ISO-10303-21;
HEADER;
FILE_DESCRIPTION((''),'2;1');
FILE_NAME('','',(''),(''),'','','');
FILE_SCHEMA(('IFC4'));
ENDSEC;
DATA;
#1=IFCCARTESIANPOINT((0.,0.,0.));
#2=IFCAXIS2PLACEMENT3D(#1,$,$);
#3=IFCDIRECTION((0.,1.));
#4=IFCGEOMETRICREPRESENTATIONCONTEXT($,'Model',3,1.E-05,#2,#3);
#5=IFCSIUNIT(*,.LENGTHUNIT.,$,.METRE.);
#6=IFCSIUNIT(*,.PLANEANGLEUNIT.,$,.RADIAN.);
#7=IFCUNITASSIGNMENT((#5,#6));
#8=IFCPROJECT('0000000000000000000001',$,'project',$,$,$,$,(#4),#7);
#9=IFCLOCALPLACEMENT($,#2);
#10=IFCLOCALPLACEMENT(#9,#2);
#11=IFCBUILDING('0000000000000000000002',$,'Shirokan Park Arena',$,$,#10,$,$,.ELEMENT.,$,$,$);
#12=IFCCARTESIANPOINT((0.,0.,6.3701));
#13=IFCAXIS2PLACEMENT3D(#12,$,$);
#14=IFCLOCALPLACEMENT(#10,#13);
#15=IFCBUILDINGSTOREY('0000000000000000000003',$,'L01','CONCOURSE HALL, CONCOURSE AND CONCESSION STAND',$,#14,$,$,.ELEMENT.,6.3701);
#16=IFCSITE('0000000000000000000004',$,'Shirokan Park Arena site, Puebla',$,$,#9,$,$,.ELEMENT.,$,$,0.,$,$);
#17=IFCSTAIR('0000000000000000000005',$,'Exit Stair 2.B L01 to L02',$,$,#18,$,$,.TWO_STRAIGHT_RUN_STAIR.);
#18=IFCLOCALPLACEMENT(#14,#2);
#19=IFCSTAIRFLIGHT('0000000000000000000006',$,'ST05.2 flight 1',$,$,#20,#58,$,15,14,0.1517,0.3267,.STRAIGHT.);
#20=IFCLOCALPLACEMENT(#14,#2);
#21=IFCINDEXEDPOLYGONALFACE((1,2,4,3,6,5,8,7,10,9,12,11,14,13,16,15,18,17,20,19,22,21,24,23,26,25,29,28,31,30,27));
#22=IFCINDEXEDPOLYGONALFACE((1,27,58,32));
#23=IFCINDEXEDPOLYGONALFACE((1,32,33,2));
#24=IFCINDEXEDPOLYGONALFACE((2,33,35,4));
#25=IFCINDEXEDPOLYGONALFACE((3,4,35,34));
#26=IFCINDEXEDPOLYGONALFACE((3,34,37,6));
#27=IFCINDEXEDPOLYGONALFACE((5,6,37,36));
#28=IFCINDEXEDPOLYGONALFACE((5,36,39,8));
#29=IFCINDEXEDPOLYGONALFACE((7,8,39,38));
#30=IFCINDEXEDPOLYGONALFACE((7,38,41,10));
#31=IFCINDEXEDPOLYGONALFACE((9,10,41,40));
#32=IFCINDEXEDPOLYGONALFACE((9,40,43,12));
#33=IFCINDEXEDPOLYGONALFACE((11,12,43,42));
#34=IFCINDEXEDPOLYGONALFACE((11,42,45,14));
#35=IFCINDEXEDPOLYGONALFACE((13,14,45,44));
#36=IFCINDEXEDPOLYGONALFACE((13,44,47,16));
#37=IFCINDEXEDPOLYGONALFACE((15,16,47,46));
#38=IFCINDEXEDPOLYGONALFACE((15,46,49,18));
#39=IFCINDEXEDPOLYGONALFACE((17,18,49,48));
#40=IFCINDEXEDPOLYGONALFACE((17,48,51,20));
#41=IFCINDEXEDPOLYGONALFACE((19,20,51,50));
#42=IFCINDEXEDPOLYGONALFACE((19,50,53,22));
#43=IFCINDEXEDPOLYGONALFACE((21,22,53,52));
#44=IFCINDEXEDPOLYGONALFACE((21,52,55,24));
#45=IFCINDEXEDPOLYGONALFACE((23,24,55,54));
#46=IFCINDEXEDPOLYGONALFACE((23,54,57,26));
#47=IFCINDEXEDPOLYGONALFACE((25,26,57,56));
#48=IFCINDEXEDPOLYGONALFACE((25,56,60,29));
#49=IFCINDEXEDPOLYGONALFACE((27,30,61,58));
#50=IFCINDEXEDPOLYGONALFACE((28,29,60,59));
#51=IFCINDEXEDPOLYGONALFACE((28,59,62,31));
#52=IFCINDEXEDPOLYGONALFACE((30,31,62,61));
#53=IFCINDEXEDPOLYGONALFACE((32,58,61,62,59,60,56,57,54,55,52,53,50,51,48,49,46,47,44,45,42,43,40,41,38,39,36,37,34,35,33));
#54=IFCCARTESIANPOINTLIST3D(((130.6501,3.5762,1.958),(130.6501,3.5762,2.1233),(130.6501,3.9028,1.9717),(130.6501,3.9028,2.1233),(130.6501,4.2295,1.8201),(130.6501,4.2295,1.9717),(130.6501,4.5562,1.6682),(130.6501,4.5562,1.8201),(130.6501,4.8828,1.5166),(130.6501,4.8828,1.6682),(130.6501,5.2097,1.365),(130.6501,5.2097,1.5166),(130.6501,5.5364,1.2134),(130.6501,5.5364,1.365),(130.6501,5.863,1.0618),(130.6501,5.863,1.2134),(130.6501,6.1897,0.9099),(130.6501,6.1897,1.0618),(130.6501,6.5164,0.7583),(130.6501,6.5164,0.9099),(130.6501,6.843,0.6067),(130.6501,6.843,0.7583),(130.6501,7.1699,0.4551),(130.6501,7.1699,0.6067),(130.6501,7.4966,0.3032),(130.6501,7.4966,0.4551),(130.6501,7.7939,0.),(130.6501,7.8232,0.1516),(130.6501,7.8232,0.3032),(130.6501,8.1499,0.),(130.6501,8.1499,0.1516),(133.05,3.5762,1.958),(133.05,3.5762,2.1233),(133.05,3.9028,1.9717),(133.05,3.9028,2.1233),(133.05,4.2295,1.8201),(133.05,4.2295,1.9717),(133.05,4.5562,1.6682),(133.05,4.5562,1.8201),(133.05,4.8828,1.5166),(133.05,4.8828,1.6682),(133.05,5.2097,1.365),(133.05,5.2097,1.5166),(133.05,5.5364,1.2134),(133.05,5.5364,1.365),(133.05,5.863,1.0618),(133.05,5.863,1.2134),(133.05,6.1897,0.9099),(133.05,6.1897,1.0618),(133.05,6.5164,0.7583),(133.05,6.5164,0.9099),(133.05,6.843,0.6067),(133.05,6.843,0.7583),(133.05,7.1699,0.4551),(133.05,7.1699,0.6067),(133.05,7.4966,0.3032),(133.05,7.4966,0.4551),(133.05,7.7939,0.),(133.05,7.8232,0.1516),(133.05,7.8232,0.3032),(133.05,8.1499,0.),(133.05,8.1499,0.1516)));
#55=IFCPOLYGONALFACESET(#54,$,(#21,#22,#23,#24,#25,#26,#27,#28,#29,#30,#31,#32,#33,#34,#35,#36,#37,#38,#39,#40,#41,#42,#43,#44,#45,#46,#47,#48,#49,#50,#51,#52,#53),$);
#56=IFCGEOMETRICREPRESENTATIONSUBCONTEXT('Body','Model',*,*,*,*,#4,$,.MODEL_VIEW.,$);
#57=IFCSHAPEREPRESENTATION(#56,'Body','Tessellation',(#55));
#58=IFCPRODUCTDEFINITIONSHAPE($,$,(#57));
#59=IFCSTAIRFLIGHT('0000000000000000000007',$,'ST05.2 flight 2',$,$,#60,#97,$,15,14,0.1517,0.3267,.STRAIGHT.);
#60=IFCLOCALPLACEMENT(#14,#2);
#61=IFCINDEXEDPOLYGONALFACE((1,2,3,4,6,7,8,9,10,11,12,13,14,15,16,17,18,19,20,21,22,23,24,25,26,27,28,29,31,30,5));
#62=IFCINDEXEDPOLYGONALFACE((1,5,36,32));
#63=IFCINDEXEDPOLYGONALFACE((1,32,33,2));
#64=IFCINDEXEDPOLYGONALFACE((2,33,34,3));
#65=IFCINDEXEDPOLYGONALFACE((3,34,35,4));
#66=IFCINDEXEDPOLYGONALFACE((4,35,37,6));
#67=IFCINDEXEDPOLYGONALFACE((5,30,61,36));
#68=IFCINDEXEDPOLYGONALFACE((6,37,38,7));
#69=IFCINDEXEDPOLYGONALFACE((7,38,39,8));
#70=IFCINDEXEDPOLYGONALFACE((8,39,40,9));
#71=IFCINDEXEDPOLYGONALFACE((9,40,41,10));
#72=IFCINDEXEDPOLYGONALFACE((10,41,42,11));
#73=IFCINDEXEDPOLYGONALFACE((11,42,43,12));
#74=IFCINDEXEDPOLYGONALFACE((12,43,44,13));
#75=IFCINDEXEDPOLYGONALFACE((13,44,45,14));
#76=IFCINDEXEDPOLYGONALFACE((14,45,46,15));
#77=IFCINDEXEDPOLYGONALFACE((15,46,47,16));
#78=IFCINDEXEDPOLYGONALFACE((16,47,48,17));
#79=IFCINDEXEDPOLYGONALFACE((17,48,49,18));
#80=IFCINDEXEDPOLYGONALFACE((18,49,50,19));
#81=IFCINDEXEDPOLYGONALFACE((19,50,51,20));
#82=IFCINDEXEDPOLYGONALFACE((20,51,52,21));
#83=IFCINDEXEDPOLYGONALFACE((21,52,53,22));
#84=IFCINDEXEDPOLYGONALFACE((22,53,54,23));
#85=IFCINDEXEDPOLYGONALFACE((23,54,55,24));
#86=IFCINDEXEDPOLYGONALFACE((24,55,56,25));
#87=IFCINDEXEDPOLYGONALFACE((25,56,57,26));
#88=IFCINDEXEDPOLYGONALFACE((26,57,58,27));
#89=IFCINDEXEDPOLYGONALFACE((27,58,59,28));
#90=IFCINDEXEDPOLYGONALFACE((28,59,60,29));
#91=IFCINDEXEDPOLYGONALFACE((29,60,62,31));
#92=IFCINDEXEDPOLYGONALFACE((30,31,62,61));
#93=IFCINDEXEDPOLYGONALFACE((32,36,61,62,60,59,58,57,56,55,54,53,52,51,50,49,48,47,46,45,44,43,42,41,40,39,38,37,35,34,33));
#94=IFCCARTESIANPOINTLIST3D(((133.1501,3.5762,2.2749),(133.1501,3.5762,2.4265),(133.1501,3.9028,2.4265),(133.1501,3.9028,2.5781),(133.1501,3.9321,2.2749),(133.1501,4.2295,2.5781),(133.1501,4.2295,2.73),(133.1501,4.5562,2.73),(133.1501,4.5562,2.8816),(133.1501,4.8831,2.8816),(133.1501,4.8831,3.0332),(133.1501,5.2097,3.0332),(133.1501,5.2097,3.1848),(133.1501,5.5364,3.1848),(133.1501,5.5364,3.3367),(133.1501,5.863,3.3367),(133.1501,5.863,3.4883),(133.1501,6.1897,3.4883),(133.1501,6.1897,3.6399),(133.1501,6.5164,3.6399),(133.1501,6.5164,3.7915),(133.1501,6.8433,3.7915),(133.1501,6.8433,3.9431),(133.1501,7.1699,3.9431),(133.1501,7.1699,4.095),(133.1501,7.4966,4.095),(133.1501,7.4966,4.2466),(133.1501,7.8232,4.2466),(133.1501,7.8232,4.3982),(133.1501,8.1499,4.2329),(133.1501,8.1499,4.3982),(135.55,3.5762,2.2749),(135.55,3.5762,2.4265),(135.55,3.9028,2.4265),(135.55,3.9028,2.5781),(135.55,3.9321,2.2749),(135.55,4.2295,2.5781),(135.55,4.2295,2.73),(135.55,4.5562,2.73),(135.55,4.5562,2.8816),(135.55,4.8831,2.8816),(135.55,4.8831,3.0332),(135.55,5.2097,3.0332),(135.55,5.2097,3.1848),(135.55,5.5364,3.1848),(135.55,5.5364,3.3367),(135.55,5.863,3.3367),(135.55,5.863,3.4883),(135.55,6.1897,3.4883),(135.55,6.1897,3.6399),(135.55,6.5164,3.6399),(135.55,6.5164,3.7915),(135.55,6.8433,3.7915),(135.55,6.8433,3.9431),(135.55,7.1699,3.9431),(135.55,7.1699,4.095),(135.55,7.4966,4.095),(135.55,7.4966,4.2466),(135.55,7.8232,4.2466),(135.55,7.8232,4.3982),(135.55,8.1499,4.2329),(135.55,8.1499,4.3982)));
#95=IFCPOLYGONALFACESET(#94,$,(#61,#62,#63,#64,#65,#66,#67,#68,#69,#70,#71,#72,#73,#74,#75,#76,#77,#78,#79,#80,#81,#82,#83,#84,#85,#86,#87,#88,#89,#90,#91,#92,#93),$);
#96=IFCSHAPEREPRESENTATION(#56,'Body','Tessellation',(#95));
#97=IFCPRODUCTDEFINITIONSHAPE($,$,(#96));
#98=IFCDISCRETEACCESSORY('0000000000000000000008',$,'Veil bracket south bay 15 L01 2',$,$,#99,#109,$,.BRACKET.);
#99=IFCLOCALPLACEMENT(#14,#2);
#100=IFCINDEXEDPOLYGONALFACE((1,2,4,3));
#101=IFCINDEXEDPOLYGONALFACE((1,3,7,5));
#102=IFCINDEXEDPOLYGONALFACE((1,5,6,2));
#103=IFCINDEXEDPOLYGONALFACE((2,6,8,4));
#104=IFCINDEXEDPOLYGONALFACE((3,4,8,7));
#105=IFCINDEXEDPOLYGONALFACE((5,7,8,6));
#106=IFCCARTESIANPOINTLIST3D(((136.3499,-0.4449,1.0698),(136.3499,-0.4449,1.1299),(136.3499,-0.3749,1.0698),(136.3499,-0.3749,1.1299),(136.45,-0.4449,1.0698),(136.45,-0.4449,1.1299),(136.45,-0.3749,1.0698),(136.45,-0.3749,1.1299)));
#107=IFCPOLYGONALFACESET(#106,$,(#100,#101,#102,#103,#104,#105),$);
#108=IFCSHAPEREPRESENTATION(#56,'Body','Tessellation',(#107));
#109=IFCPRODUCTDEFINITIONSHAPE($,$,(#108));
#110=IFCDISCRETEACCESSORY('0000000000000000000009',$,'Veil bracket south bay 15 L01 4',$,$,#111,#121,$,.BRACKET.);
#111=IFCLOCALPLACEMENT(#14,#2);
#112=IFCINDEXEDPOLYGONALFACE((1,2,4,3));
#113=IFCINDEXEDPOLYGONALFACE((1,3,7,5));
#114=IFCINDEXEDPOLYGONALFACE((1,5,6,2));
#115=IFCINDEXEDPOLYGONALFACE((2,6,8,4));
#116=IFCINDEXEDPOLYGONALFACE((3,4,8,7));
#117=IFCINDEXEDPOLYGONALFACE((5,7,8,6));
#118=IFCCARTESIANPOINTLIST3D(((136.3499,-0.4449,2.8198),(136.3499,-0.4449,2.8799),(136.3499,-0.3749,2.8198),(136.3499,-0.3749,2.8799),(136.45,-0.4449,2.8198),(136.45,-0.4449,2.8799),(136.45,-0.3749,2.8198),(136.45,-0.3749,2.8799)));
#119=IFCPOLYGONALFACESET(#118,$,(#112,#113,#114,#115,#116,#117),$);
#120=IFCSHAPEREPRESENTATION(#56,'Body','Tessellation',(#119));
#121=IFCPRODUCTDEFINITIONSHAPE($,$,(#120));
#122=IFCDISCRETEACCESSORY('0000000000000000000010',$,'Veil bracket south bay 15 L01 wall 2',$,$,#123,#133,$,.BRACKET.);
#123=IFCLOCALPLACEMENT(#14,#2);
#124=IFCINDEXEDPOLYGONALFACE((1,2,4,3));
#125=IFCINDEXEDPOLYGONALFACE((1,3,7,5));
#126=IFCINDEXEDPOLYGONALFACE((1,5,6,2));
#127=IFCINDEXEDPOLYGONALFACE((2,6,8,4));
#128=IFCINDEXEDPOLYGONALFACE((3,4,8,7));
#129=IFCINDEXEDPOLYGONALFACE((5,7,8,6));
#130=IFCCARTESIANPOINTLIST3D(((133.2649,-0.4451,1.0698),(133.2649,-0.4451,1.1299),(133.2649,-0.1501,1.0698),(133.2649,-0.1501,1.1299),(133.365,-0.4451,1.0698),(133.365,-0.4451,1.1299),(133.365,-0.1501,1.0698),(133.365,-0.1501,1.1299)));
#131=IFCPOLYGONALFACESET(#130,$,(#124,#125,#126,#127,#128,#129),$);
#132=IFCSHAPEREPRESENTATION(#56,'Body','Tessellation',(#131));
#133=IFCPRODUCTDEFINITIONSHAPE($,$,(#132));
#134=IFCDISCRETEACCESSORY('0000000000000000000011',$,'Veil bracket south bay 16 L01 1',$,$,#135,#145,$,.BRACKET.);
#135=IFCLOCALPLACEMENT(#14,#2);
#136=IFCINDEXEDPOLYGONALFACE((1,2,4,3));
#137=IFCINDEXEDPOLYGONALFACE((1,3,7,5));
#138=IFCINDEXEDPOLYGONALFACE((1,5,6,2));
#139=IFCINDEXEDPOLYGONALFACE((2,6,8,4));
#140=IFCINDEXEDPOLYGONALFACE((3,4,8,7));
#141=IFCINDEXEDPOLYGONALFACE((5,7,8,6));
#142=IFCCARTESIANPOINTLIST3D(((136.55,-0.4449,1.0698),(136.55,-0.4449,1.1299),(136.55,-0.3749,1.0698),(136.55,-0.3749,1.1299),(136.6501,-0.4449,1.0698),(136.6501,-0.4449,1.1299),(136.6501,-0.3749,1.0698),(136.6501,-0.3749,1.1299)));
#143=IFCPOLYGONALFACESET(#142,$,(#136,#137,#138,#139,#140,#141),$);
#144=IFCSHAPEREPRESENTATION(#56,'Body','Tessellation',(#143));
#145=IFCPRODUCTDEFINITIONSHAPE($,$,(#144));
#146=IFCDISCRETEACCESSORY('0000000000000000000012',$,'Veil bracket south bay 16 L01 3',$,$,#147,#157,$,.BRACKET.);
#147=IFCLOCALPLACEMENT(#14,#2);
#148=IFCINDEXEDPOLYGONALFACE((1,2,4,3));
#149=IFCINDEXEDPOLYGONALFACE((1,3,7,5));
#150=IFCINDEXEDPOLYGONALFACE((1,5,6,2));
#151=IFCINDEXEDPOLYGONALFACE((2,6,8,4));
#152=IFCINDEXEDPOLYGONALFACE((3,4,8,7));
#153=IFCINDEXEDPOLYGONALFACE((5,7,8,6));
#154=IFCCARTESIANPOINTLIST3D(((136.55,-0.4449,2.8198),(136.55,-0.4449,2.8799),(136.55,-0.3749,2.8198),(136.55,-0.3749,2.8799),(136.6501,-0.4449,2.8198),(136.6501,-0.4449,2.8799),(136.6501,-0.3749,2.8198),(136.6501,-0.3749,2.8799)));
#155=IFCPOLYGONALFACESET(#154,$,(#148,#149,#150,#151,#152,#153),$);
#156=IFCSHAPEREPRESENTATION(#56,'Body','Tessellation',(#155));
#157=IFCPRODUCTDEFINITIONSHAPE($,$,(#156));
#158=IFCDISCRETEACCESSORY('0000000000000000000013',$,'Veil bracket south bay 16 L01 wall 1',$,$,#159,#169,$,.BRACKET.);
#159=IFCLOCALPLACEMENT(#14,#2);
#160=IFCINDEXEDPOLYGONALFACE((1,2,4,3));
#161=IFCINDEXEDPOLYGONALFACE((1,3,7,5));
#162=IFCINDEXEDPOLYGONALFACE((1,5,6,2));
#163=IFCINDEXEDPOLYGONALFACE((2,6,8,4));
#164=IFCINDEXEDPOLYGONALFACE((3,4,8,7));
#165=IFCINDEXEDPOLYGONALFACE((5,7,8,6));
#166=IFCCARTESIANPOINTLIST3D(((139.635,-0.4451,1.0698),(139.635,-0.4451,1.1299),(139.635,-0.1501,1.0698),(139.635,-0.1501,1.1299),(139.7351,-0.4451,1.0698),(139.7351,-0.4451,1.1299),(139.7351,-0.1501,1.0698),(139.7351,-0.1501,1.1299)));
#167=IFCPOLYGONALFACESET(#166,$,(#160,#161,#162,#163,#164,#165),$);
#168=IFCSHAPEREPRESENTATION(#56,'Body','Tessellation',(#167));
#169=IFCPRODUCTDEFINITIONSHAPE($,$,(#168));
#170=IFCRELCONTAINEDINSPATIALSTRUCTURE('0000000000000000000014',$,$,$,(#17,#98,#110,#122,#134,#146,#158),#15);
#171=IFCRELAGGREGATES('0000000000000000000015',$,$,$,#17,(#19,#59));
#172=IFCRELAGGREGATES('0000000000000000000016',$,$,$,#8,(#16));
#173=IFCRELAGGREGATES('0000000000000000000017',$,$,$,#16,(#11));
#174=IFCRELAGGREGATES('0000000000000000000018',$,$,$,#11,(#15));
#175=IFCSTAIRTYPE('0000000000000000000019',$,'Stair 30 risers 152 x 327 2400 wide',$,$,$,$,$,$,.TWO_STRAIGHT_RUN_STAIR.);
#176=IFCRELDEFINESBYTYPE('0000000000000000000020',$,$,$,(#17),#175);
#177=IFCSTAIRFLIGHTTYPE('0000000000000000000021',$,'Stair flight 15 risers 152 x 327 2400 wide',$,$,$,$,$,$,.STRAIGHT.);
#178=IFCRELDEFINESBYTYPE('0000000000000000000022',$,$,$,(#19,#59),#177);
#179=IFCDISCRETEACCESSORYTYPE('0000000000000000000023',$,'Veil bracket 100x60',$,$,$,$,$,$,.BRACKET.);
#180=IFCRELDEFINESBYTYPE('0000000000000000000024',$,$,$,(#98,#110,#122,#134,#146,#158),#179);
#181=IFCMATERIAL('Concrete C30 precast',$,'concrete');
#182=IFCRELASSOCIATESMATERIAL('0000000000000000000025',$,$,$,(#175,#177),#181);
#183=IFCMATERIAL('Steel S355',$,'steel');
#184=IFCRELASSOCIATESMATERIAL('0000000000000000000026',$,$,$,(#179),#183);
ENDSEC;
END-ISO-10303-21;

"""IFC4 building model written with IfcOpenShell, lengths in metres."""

from ifc_helpers import new_model, si_unit, direction, frame, origin, origin_2d, place, context, subcontext, project, spatial, polyline, rectangle, outline, extrude, material, type_object, element, aggregate, save


model = new_model("IFC4")

# Units and contexts
model_context = context("Model", 3, precision=1e-05, world=origin(), true_north=direction((0.0, 1.0)))
body_context = subcontext(model_context, "Body", "Model", "MODEL_VIEW")
ifc_project = project(units=[si_unit("LENGTHUNIT", "METRE"), si_unit("PLANEANGLEUNIT", "RADIAN")], contexts=[model_context])

# Site, building, storey
site_placement = place(None, origin())
site = spatial("IfcSite", under=ifc_project, at=site_placement, Name="Shirokan Park Arena site, Puebla", CompositionType="ELEMENT", RefElevation=0.0)
building_placement = place(site_placement, origin())
building = spatial("IfcBuilding", under=site, at=building_placement, Name="Shirokan Park Arena", CompositionType="ELEMENT")
storey_placement = place(building_placement, frame((0.0, 0.0, 6.3701)))
storey = spatial("IfcBuildingStorey", under=building, at=storey_placement, Name="L01", Description="CONCOURSE HALL, CONCOURSE AND CONCESSION STAND", CompositionType="ELEMENT", Elevation=6.3701)

# Stair, stair flights
ifc_material_1 = material(Name="Concrete C30 precast", Category="concrete")
stair_type = type_object("IfcStairType", Name="Stair 30 risers 152 x 327 2400 wide", PredefinedType="TWO_STRAIGHT_RUN_STAIR", material=ifc_material_1)
stair_placement = place(storey_placement, origin())
stair = element("IfcStair", 1, at=stair_placement, inside=storey, type_object=stair_type, Name="Exit Stair 2.B L01 to L02", PredefinedType="TWO_STRAIGHT_RUN_STAIR")
stair_flight_type = type_object("IfcStairFlightType", Name="Stair flight 15 risers 152 x 327 2400 wide", PredefinedType="STRAIGHT", material=ifc_material_1)
stair_flight_1_placement = place(storey_placement, frame((131.8501, 8.1499, 0.0), z_axis=(0.0, 0.0, 1.0), x_axis=(0.0, -1.0, 0.0)))
stair_flight_1 = element("IfcStairFlight", 2, at=stair_flight_1_placement, type_object=stair_flight_type, Name="ST05.2 flight 1", NumberOfRisers=15, NumberOfTreads=14, PredefinedType="STRAIGHT", RiserHeight=0.1517, TreadLength=0.3267, context=body_context, shape_type="SweptSolid", body=[
    extrude(outline(polyline([(0.0, 0.0), (0.0, 0.1516), (0.3267, 0.1516), (0.3267, 0.3032), (0.6533, 0.3032), (0.6533, 0.4551), (0.98, 0.4551), (0.98, 0.6067), (1.3069, 0.6067), (1.3069, 0.7583), (1.6335, 0.7583), (1.6335, 0.9099), (1.9602, 0.9099), (1.9602, 1.0618), (2.2869, 1.0618), (2.2869, 1.2134), (2.6135, 1.2134), (2.6135, 1.365), (2.9402, 1.365), (2.9402, 1.5166), (3.2671, 1.5166), (3.2671, 1.6682), (3.5938, 1.6682), (3.5938, 1.8201), (3.9204, 1.8201), (3.9204, 1.9717), (4.2471, 1.9717), (4.2471, 2.1233), (4.5737, 2.1233), (4.5737, 2.2749), (4.5737, 1.958), (0.356, 0.0), (0.0, 0.0)])), frame((0.0, 1.2, 0.0), z_axis=(0.0, -1.0, 0.0), x_axis=(1.0, 0.0, 0.0)), (0.0, 0.0, 1.0), 2.3999),
])
stair_flight_2_placement = place(storey_placement, frame((134.3501, 3.5762, 2.2749), z_axis=(0.0, 0.0, 1.0), x_axis=(0.0, 1.0, 0.0)))
stair_flight_2 = element("IfcStairFlight", 3, at=stair_flight_2_placement, type_object=stair_flight_type, Name="ST05.2 flight 2", NumberOfRisers=15, NumberOfTreads=14, PredefinedType="STRAIGHT", RiserHeight=0.1517, TreadLength=0.3267, context=body_context, shape_type="SweptSolid", body=[
    extrude(outline(polyline([(0.0, 0.0), (0.0, 0.1516), (0.3267, 0.1516), (0.3267, 0.3032), (0.6533, 0.3032), (0.6533, 0.4551), (0.98, 0.4551), (0.98, 0.6067), (1.3069, 0.6067), (1.3069, 0.7583), (1.6335, 0.7583), (1.6335, 0.9099), (1.9602, 0.9099), (1.9602, 1.0618), (2.2869, 1.0618), (2.2869, 1.2134), (2.6135, 1.2134), (2.6135, 1.365), (2.9402, 1.365), (2.9402, 1.5166), (3.2671, 1.5166), (3.2671, 1.6682), (3.5938, 1.6682), (3.5938, 1.8201), (3.9204, 1.8201), (3.9204, 1.9717), (4.2471, 1.9717), (4.2471, 2.1233), (4.5737, 2.1233), (4.5737, 2.2749), (4.5737, 1.958), (0.356, 0.0), (0.0, 0.0)])), frame((0.0, 1.2, 0.0), z_axis=(0.0, -1.0, 0.0), x_axis=(1.0, 0.0, 0.0)), (0.0, 0.0, 1.0), 2.3999),
])
aggregate(stair, [stair_flight_1, stair_flight_2])

# Discrete accessories
ifc_material_2 = material(Name="Steel S355", Category="steel")
discrete_accessory_type = type_object("IfcDiscreteAccessoryType", Name="Veil bracket 100x60", PredefinedType="BRACKET", material=ifc_material_2)
for number, where, z_axis, x_axis, name in (
    (4, (136.3999, -0.4099, 1.0698), (0.0, 0.0, 1.0), (1.0, 0.0, 0.0), "Veil bracket south bay 15 L01 2"),
    (5, (136.3999, -0.4099, 2.8198), (0.0, 0.0, 1.0), (1.0, 0.0, 0.0), "Veil bracket south bay 15 L01 4"),
):
    element("IfcDiscreteAccessory", number, at=place(storey_placement, frame(where, z_axis=z_axis, x_axis=x_axis)), inside=storey, type_object=discrete_accessory_type, Name=name, PredefinedType="BRACKET", context=body_context, shape_type="SweptSolid", body=[
        extrude(rectangle(XDim=0.1001, YDim=0.0701, at=origin_2d()), origin(), (0.0, 0.0, 1.0), 0.0601),
    ])
discrete_accessory_1_placement = place(storey_placement, frame((133.3149, -0.2976, 1.0698), z_axis=(0.0, 0.0, 1.0), x_axis=(1.0, 0.0, 0.0)))
element("IfcDiscreteAccessory", 6, at=discrete_accessory_1_placement, inside=storey, type_object=discrete_accessory_type, Name="Veil bracket south bay 15 L01 wall 2", PredefinedType="BRACKET", context=body_context, shape_type="SweptSolid", body=[
    extrude(rectangle(XDim=0.1001, YDim=0.2949, at=origin_2d()), origin(), (0.0, 0.0, 1.0), 0.0601),
])
for number, where, z_axis, x_axis, name in (
    (7, (136.6001, -0.4099, 1.0698), (0.0, 0.0, 1.0), (1.0, 0.0, 0.0), "Veil bracket south bay 16 L01 1"),
    (8, (136.6001, -0.4099, 2.8198), (0.0, 0.0, 1.0), (1.0, 0.0, 0.0), "Veil bracket south bay 16 L01 3"),
):
    element("IfcDiscreteAccessory", number, at=place(storey_placement, frame(where, z_axis=z_axis, x_axis=x_axis)), inside=storey, type_object=discrete_accessory_type, Name=name, PredefinedType="BRACKET", context=body_context, shape_type="SweptSolid", body=[
        extrude(rectangle(XDim=0.1001, YDim=0.0701, at=origin_2d()), origin(), (0.0, 0.0, 1.0), 0.0601),
    ])
discrete_accessory_2_placement = place(storey_placement, frame((139.6851, -0.2976, 1.0698), z_axis=(0.0, 0.0, 1.0), x_axis=(1.0, 0.0, 0.0)))
element("IfcDiscreteAccessory", 9, at=discrete_accessory_2_placement, inside=storey, type_object=discrete_accessory_type, Name="Veil bracket south bay 16 L01 wall 1", PredefinedType="BRACKET", context=body_context, shape_type="SweptSolid", body=[
    extrude(rectangle(XDim=0.1001, YDim=0.2949, at=origin_2d()), origin(), (0.0, 0.0, 1.0), 0.0601),
])

save(model, "model.ifc")
